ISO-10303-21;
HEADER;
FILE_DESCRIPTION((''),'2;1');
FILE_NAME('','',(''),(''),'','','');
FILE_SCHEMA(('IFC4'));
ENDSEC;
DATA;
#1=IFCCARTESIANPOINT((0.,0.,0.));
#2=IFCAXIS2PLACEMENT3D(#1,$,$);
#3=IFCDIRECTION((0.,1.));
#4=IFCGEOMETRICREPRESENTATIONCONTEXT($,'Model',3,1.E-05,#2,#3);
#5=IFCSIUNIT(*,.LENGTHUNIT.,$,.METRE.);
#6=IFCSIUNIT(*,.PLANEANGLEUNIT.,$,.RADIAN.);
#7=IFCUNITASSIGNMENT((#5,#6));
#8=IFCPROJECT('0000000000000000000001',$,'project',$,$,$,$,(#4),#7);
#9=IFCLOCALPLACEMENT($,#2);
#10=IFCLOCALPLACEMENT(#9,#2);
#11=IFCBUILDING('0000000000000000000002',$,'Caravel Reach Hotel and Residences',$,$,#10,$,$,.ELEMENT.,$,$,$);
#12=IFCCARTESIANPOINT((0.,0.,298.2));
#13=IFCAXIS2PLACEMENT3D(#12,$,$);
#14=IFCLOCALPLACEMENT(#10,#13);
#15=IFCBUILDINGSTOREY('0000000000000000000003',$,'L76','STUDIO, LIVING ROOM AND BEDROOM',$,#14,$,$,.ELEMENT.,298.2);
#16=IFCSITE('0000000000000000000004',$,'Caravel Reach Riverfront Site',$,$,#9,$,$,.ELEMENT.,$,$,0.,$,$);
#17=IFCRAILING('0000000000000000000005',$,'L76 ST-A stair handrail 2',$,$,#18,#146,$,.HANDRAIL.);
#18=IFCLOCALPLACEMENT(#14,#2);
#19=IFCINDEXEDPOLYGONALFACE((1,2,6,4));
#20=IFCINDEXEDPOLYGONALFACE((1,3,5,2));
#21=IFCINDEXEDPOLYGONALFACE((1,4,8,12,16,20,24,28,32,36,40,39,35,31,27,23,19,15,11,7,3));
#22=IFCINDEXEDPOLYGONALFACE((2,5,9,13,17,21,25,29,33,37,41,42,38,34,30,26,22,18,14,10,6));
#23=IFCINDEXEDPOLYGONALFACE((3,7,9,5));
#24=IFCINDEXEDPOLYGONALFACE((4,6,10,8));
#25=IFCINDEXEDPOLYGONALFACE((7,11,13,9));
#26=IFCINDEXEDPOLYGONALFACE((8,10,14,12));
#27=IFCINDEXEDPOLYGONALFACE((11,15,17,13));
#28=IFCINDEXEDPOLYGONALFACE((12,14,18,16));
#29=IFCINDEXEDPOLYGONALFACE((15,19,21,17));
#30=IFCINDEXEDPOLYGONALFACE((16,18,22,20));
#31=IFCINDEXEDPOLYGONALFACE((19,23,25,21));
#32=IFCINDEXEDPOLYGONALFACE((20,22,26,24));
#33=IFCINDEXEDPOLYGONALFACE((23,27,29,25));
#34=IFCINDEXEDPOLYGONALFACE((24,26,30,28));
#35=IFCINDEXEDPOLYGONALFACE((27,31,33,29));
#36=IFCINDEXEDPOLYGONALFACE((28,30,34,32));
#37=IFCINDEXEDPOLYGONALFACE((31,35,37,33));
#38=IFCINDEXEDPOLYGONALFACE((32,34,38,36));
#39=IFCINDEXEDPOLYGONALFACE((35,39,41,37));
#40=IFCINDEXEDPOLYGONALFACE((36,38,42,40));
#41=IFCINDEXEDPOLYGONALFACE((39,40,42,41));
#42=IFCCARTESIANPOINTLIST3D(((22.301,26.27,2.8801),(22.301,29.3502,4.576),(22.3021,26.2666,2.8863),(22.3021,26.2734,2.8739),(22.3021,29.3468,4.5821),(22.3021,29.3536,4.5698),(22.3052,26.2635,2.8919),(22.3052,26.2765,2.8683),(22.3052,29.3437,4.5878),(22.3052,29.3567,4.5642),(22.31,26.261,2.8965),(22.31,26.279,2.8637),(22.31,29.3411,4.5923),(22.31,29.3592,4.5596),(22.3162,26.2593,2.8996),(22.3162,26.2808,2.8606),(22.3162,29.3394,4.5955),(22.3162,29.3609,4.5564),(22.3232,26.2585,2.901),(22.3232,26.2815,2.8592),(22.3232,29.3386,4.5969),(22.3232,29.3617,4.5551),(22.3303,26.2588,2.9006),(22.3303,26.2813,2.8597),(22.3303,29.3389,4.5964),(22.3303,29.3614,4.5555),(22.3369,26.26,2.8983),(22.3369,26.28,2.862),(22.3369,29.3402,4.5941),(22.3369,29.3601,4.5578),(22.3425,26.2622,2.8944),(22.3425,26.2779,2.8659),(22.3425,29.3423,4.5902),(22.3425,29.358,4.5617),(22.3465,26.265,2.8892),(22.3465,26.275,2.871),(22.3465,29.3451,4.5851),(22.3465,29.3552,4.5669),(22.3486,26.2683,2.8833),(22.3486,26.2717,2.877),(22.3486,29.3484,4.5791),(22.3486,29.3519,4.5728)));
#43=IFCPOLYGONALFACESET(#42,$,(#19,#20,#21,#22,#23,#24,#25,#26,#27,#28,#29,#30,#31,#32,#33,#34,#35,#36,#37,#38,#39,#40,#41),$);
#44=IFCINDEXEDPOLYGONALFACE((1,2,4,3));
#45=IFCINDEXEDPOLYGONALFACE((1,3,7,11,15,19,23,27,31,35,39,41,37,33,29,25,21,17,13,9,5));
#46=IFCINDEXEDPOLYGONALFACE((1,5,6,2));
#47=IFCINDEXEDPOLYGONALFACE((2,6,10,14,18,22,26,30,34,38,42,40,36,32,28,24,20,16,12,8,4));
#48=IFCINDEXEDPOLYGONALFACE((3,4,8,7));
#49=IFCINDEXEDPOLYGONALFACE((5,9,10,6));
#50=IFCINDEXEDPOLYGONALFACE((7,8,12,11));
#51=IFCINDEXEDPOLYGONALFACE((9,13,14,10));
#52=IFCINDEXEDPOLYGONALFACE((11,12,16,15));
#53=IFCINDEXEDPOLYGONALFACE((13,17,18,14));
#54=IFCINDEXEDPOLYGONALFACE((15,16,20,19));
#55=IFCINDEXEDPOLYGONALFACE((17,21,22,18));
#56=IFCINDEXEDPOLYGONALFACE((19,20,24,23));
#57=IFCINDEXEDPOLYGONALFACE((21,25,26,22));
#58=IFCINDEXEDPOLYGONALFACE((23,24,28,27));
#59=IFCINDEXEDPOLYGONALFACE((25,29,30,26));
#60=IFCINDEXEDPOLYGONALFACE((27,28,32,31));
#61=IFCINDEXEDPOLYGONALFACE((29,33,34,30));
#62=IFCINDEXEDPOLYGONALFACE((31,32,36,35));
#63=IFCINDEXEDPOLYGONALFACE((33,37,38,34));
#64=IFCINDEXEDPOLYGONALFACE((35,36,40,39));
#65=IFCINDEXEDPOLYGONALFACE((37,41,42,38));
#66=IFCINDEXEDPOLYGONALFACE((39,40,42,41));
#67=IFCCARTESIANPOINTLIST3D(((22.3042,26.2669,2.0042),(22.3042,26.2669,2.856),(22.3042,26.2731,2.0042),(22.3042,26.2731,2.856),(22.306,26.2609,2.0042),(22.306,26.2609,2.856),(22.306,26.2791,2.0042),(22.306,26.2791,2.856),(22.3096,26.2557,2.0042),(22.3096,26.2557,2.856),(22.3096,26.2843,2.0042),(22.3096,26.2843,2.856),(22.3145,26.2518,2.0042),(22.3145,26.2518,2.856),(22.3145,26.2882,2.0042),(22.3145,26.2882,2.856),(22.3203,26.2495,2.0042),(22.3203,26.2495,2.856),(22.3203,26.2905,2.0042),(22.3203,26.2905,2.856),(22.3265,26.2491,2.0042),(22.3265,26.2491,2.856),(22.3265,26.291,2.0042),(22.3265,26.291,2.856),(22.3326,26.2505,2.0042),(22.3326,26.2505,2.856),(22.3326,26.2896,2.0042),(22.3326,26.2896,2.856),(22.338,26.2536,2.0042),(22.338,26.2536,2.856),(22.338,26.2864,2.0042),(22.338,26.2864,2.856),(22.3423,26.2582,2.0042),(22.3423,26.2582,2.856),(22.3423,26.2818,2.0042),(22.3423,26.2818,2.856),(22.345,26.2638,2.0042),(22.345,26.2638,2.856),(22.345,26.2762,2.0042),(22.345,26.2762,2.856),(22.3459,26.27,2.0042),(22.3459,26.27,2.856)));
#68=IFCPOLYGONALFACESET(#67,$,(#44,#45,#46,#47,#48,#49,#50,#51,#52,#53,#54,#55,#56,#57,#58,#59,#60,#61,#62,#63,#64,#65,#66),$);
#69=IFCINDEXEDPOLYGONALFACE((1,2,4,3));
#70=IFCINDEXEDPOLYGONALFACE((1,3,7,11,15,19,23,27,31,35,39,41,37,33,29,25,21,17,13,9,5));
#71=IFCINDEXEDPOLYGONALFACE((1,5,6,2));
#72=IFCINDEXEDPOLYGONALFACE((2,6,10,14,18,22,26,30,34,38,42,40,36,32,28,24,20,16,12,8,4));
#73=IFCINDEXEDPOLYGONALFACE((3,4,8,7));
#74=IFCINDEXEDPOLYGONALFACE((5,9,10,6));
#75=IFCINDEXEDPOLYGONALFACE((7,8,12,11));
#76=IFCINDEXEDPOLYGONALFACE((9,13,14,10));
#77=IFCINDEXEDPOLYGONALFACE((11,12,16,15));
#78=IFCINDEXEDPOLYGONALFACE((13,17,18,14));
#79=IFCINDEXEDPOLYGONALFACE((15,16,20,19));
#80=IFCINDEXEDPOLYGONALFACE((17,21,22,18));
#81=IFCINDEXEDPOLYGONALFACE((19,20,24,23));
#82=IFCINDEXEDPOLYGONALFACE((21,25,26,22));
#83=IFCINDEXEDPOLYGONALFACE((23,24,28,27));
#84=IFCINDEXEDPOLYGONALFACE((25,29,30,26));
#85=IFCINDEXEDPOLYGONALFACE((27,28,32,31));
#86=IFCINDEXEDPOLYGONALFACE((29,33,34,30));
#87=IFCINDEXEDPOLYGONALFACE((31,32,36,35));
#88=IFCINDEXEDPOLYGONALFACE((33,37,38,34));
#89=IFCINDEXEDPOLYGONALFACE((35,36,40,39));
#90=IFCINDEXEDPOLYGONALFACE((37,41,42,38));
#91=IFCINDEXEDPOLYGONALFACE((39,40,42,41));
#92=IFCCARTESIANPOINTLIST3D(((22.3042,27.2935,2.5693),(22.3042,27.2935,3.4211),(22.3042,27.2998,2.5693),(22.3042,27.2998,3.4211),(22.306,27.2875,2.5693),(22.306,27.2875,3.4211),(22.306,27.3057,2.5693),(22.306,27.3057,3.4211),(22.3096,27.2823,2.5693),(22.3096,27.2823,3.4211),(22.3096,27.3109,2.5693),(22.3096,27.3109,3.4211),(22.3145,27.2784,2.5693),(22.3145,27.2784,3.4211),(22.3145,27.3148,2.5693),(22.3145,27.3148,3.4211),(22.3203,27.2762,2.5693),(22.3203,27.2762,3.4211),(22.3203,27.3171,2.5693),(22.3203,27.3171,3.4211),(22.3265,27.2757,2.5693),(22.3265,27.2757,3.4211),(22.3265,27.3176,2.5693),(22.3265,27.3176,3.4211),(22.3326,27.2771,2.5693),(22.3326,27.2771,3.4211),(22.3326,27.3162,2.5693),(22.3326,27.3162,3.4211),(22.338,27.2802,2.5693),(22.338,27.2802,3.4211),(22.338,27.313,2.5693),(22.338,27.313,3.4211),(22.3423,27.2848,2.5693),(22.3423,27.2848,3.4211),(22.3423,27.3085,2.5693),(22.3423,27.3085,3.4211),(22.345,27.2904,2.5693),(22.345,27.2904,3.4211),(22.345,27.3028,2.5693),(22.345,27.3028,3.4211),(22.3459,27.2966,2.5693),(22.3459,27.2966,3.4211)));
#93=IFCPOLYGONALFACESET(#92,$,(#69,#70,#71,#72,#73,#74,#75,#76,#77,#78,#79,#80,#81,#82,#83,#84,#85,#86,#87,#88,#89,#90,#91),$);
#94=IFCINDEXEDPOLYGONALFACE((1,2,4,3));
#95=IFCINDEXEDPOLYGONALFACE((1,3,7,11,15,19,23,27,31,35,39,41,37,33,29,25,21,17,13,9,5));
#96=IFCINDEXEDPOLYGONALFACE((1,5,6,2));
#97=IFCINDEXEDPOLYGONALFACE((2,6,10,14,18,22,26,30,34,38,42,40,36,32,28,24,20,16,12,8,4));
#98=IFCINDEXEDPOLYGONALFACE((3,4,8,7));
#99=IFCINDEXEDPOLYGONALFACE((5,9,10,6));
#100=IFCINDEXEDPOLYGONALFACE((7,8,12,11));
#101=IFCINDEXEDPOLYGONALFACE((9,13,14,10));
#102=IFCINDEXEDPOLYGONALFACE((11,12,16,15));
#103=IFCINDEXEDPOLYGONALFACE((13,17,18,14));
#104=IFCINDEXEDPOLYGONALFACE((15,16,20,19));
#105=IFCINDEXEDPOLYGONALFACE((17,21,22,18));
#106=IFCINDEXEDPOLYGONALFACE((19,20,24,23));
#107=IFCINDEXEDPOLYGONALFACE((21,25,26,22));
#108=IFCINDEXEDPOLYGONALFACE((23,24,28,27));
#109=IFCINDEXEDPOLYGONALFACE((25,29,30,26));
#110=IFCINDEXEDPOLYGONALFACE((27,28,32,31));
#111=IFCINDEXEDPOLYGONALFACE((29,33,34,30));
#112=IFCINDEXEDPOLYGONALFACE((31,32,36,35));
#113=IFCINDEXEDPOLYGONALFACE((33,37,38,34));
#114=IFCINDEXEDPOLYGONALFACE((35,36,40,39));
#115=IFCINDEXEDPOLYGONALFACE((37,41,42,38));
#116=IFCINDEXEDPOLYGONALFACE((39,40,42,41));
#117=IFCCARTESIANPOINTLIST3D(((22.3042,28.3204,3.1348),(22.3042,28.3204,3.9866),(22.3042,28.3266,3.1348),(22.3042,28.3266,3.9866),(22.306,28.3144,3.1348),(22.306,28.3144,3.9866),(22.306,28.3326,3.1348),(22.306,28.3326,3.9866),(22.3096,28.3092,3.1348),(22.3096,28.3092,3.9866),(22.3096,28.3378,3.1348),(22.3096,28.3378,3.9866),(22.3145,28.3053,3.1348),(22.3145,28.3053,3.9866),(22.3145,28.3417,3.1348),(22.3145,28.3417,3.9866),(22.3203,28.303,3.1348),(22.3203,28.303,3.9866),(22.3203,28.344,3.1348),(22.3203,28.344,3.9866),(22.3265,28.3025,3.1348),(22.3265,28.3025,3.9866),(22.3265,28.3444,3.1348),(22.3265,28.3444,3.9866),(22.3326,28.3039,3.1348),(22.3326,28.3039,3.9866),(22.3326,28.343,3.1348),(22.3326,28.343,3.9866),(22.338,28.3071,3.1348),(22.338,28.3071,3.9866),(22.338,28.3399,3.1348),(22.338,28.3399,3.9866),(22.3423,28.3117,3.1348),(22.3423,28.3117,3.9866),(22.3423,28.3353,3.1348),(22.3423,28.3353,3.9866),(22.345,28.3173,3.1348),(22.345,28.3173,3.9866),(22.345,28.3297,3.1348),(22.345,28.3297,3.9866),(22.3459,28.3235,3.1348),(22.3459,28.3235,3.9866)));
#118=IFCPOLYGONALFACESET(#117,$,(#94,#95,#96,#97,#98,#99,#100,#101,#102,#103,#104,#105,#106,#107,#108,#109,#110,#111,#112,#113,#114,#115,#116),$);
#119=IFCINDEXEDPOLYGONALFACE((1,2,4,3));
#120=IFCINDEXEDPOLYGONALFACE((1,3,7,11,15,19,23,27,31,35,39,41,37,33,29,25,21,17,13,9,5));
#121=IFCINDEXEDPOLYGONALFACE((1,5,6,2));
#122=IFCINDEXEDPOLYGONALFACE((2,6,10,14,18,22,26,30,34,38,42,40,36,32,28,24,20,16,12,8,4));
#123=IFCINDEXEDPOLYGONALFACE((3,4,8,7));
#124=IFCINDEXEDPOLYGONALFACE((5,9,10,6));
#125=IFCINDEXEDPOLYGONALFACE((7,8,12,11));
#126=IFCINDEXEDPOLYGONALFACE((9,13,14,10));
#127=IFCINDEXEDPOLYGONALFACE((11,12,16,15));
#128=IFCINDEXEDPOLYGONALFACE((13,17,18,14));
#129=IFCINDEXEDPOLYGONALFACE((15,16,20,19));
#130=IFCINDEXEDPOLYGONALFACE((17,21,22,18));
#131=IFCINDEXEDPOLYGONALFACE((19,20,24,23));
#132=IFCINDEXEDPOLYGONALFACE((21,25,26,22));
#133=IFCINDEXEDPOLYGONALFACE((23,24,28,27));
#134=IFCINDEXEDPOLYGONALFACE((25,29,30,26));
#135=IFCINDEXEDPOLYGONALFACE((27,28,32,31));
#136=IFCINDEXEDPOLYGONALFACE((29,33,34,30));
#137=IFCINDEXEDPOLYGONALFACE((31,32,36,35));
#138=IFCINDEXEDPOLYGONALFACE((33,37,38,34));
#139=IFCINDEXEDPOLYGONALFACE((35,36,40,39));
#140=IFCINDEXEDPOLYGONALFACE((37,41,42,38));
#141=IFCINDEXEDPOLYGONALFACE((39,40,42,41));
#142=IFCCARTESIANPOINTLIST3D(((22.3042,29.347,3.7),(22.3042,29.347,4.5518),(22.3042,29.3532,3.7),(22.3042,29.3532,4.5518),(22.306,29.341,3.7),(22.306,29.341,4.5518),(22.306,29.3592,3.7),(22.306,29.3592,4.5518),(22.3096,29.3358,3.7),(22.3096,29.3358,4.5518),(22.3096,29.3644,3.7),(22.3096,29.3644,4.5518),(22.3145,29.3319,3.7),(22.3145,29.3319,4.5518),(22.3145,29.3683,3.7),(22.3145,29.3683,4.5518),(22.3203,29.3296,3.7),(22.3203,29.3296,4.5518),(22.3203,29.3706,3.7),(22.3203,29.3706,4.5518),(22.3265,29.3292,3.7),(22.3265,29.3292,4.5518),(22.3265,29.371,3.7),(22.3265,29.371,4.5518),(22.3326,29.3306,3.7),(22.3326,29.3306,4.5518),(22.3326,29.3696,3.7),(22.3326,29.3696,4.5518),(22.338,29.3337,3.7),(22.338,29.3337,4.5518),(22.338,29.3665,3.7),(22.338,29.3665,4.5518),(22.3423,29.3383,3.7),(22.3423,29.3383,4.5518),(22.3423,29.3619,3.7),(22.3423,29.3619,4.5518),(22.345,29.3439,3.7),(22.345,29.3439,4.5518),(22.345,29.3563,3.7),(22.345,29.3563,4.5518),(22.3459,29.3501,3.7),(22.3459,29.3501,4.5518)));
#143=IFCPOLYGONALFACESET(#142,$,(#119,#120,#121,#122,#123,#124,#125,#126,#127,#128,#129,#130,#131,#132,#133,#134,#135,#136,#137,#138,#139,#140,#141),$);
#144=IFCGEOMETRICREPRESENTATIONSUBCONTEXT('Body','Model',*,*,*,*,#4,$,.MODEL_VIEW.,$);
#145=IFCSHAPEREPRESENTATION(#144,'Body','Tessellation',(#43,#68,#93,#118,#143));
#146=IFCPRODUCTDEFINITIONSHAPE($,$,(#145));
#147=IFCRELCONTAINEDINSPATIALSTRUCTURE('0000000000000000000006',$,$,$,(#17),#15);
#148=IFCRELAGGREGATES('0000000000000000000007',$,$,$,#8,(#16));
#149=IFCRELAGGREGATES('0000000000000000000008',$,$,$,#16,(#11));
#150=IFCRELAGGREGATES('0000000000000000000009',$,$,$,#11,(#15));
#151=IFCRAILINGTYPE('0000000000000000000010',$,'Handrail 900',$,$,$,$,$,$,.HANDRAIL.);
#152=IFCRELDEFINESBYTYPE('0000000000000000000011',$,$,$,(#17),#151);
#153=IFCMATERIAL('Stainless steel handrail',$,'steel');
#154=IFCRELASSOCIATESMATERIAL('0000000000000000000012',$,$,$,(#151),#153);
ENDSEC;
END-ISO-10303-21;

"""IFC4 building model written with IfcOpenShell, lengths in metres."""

from ifc_helpers import new_model, si_unit, direction, frame, origin, origin_2d, place, context, subcontext, project, spatial, circle, extrude, material, type_object, element, save


model = new_model("IFC4")

# Units and contexts
model_context = context("Model", 3, precision=1e-05, world=origin(), true_north=direction((0.0, 1.0)))
body_context = subcontext(model_context, "Body", "Model", "MODEL_VIEW")
ifc_project = project(units=[si_unit("LENGTHUNIT", "METRE"), si_unit("PLANEANGLEUNIT", "RADIAN")], contexts=[model_context])

# Site, building, storey
site_placement = place(None, origin())
site = spatial("IfcSite", under=ifc_project, at=site_placement, Name="Caravel Reach Riverfront Site", CompositionType="ELEMENT", RefElevation=0.0)
building_placement = place(site_placement, origin())
building = spatial("IfcBuilding", under=site, at=building_placement, Name="Caravel Reach Hotel and Residences", CompositionType="ELEMENT")
storey_placement = place(building_placement, frame((0.0, 0.0, 298.2)))
storey = spatial("IfcBuildingStorey", under=building, at=storey_placement, Name="L76", Description="STUDIO, LIVING ROOM AND BEDROOM", CompositionType="ELEMENT", Elevation=298.2)

# Railing
ifc_material_1 = material(Name="Stainless steel handrail", Category="steel")
railing_type_1 = type_object("IfcRailingType", Name="Handrail 900", PredefinedType="HANDRAIL", material=ifc_material_1)
railing_1_placement = place(storey_placement, frame((22.325, 26.27, 2.0042)))
element("IfcRailing", 1, at=railing_1_placement, inside=storey, type_object=railing_type_1, Name="L76 ST-A stair handrail 2", PredefinedType="HANDRAIL", context=body_context, shape_type="SweptSolid", body=[
    extrude(circle(Radius=0.0239, at=origin_2d()), frame((0.0, 0.0, 0.876), z_axis=(0.0, 0.876005, 0.482303), x_axis=(-1.0, 0.0, 0.0)), (0.0, 0.0, 1.0), 3.5161),
    extrude(circle(Radius=0.021, at=origin_2d()), origin(), (0.0, 0.0, 1.0), 0.8518),
    extrude(circle(Radius=0.021, at=origin_2d()), frame((0.0, 1.0266, 0.5652)), (0.0, 0.0, 1.0), 0.8518),
    extrude(circle(Radius=0.021, at=origin_2d()), frame((0.0, 2.0535, 1.1306)), (0.0, 0.0, 1.0), 0.8518),
    extrude(circle(Radius=0.021, at=origin_2d()), frame((0.0, 3.0801, 1.6958)), (0.0, 0.0, 1.0), 0.8518),
])

save(model, "model.ifc")
